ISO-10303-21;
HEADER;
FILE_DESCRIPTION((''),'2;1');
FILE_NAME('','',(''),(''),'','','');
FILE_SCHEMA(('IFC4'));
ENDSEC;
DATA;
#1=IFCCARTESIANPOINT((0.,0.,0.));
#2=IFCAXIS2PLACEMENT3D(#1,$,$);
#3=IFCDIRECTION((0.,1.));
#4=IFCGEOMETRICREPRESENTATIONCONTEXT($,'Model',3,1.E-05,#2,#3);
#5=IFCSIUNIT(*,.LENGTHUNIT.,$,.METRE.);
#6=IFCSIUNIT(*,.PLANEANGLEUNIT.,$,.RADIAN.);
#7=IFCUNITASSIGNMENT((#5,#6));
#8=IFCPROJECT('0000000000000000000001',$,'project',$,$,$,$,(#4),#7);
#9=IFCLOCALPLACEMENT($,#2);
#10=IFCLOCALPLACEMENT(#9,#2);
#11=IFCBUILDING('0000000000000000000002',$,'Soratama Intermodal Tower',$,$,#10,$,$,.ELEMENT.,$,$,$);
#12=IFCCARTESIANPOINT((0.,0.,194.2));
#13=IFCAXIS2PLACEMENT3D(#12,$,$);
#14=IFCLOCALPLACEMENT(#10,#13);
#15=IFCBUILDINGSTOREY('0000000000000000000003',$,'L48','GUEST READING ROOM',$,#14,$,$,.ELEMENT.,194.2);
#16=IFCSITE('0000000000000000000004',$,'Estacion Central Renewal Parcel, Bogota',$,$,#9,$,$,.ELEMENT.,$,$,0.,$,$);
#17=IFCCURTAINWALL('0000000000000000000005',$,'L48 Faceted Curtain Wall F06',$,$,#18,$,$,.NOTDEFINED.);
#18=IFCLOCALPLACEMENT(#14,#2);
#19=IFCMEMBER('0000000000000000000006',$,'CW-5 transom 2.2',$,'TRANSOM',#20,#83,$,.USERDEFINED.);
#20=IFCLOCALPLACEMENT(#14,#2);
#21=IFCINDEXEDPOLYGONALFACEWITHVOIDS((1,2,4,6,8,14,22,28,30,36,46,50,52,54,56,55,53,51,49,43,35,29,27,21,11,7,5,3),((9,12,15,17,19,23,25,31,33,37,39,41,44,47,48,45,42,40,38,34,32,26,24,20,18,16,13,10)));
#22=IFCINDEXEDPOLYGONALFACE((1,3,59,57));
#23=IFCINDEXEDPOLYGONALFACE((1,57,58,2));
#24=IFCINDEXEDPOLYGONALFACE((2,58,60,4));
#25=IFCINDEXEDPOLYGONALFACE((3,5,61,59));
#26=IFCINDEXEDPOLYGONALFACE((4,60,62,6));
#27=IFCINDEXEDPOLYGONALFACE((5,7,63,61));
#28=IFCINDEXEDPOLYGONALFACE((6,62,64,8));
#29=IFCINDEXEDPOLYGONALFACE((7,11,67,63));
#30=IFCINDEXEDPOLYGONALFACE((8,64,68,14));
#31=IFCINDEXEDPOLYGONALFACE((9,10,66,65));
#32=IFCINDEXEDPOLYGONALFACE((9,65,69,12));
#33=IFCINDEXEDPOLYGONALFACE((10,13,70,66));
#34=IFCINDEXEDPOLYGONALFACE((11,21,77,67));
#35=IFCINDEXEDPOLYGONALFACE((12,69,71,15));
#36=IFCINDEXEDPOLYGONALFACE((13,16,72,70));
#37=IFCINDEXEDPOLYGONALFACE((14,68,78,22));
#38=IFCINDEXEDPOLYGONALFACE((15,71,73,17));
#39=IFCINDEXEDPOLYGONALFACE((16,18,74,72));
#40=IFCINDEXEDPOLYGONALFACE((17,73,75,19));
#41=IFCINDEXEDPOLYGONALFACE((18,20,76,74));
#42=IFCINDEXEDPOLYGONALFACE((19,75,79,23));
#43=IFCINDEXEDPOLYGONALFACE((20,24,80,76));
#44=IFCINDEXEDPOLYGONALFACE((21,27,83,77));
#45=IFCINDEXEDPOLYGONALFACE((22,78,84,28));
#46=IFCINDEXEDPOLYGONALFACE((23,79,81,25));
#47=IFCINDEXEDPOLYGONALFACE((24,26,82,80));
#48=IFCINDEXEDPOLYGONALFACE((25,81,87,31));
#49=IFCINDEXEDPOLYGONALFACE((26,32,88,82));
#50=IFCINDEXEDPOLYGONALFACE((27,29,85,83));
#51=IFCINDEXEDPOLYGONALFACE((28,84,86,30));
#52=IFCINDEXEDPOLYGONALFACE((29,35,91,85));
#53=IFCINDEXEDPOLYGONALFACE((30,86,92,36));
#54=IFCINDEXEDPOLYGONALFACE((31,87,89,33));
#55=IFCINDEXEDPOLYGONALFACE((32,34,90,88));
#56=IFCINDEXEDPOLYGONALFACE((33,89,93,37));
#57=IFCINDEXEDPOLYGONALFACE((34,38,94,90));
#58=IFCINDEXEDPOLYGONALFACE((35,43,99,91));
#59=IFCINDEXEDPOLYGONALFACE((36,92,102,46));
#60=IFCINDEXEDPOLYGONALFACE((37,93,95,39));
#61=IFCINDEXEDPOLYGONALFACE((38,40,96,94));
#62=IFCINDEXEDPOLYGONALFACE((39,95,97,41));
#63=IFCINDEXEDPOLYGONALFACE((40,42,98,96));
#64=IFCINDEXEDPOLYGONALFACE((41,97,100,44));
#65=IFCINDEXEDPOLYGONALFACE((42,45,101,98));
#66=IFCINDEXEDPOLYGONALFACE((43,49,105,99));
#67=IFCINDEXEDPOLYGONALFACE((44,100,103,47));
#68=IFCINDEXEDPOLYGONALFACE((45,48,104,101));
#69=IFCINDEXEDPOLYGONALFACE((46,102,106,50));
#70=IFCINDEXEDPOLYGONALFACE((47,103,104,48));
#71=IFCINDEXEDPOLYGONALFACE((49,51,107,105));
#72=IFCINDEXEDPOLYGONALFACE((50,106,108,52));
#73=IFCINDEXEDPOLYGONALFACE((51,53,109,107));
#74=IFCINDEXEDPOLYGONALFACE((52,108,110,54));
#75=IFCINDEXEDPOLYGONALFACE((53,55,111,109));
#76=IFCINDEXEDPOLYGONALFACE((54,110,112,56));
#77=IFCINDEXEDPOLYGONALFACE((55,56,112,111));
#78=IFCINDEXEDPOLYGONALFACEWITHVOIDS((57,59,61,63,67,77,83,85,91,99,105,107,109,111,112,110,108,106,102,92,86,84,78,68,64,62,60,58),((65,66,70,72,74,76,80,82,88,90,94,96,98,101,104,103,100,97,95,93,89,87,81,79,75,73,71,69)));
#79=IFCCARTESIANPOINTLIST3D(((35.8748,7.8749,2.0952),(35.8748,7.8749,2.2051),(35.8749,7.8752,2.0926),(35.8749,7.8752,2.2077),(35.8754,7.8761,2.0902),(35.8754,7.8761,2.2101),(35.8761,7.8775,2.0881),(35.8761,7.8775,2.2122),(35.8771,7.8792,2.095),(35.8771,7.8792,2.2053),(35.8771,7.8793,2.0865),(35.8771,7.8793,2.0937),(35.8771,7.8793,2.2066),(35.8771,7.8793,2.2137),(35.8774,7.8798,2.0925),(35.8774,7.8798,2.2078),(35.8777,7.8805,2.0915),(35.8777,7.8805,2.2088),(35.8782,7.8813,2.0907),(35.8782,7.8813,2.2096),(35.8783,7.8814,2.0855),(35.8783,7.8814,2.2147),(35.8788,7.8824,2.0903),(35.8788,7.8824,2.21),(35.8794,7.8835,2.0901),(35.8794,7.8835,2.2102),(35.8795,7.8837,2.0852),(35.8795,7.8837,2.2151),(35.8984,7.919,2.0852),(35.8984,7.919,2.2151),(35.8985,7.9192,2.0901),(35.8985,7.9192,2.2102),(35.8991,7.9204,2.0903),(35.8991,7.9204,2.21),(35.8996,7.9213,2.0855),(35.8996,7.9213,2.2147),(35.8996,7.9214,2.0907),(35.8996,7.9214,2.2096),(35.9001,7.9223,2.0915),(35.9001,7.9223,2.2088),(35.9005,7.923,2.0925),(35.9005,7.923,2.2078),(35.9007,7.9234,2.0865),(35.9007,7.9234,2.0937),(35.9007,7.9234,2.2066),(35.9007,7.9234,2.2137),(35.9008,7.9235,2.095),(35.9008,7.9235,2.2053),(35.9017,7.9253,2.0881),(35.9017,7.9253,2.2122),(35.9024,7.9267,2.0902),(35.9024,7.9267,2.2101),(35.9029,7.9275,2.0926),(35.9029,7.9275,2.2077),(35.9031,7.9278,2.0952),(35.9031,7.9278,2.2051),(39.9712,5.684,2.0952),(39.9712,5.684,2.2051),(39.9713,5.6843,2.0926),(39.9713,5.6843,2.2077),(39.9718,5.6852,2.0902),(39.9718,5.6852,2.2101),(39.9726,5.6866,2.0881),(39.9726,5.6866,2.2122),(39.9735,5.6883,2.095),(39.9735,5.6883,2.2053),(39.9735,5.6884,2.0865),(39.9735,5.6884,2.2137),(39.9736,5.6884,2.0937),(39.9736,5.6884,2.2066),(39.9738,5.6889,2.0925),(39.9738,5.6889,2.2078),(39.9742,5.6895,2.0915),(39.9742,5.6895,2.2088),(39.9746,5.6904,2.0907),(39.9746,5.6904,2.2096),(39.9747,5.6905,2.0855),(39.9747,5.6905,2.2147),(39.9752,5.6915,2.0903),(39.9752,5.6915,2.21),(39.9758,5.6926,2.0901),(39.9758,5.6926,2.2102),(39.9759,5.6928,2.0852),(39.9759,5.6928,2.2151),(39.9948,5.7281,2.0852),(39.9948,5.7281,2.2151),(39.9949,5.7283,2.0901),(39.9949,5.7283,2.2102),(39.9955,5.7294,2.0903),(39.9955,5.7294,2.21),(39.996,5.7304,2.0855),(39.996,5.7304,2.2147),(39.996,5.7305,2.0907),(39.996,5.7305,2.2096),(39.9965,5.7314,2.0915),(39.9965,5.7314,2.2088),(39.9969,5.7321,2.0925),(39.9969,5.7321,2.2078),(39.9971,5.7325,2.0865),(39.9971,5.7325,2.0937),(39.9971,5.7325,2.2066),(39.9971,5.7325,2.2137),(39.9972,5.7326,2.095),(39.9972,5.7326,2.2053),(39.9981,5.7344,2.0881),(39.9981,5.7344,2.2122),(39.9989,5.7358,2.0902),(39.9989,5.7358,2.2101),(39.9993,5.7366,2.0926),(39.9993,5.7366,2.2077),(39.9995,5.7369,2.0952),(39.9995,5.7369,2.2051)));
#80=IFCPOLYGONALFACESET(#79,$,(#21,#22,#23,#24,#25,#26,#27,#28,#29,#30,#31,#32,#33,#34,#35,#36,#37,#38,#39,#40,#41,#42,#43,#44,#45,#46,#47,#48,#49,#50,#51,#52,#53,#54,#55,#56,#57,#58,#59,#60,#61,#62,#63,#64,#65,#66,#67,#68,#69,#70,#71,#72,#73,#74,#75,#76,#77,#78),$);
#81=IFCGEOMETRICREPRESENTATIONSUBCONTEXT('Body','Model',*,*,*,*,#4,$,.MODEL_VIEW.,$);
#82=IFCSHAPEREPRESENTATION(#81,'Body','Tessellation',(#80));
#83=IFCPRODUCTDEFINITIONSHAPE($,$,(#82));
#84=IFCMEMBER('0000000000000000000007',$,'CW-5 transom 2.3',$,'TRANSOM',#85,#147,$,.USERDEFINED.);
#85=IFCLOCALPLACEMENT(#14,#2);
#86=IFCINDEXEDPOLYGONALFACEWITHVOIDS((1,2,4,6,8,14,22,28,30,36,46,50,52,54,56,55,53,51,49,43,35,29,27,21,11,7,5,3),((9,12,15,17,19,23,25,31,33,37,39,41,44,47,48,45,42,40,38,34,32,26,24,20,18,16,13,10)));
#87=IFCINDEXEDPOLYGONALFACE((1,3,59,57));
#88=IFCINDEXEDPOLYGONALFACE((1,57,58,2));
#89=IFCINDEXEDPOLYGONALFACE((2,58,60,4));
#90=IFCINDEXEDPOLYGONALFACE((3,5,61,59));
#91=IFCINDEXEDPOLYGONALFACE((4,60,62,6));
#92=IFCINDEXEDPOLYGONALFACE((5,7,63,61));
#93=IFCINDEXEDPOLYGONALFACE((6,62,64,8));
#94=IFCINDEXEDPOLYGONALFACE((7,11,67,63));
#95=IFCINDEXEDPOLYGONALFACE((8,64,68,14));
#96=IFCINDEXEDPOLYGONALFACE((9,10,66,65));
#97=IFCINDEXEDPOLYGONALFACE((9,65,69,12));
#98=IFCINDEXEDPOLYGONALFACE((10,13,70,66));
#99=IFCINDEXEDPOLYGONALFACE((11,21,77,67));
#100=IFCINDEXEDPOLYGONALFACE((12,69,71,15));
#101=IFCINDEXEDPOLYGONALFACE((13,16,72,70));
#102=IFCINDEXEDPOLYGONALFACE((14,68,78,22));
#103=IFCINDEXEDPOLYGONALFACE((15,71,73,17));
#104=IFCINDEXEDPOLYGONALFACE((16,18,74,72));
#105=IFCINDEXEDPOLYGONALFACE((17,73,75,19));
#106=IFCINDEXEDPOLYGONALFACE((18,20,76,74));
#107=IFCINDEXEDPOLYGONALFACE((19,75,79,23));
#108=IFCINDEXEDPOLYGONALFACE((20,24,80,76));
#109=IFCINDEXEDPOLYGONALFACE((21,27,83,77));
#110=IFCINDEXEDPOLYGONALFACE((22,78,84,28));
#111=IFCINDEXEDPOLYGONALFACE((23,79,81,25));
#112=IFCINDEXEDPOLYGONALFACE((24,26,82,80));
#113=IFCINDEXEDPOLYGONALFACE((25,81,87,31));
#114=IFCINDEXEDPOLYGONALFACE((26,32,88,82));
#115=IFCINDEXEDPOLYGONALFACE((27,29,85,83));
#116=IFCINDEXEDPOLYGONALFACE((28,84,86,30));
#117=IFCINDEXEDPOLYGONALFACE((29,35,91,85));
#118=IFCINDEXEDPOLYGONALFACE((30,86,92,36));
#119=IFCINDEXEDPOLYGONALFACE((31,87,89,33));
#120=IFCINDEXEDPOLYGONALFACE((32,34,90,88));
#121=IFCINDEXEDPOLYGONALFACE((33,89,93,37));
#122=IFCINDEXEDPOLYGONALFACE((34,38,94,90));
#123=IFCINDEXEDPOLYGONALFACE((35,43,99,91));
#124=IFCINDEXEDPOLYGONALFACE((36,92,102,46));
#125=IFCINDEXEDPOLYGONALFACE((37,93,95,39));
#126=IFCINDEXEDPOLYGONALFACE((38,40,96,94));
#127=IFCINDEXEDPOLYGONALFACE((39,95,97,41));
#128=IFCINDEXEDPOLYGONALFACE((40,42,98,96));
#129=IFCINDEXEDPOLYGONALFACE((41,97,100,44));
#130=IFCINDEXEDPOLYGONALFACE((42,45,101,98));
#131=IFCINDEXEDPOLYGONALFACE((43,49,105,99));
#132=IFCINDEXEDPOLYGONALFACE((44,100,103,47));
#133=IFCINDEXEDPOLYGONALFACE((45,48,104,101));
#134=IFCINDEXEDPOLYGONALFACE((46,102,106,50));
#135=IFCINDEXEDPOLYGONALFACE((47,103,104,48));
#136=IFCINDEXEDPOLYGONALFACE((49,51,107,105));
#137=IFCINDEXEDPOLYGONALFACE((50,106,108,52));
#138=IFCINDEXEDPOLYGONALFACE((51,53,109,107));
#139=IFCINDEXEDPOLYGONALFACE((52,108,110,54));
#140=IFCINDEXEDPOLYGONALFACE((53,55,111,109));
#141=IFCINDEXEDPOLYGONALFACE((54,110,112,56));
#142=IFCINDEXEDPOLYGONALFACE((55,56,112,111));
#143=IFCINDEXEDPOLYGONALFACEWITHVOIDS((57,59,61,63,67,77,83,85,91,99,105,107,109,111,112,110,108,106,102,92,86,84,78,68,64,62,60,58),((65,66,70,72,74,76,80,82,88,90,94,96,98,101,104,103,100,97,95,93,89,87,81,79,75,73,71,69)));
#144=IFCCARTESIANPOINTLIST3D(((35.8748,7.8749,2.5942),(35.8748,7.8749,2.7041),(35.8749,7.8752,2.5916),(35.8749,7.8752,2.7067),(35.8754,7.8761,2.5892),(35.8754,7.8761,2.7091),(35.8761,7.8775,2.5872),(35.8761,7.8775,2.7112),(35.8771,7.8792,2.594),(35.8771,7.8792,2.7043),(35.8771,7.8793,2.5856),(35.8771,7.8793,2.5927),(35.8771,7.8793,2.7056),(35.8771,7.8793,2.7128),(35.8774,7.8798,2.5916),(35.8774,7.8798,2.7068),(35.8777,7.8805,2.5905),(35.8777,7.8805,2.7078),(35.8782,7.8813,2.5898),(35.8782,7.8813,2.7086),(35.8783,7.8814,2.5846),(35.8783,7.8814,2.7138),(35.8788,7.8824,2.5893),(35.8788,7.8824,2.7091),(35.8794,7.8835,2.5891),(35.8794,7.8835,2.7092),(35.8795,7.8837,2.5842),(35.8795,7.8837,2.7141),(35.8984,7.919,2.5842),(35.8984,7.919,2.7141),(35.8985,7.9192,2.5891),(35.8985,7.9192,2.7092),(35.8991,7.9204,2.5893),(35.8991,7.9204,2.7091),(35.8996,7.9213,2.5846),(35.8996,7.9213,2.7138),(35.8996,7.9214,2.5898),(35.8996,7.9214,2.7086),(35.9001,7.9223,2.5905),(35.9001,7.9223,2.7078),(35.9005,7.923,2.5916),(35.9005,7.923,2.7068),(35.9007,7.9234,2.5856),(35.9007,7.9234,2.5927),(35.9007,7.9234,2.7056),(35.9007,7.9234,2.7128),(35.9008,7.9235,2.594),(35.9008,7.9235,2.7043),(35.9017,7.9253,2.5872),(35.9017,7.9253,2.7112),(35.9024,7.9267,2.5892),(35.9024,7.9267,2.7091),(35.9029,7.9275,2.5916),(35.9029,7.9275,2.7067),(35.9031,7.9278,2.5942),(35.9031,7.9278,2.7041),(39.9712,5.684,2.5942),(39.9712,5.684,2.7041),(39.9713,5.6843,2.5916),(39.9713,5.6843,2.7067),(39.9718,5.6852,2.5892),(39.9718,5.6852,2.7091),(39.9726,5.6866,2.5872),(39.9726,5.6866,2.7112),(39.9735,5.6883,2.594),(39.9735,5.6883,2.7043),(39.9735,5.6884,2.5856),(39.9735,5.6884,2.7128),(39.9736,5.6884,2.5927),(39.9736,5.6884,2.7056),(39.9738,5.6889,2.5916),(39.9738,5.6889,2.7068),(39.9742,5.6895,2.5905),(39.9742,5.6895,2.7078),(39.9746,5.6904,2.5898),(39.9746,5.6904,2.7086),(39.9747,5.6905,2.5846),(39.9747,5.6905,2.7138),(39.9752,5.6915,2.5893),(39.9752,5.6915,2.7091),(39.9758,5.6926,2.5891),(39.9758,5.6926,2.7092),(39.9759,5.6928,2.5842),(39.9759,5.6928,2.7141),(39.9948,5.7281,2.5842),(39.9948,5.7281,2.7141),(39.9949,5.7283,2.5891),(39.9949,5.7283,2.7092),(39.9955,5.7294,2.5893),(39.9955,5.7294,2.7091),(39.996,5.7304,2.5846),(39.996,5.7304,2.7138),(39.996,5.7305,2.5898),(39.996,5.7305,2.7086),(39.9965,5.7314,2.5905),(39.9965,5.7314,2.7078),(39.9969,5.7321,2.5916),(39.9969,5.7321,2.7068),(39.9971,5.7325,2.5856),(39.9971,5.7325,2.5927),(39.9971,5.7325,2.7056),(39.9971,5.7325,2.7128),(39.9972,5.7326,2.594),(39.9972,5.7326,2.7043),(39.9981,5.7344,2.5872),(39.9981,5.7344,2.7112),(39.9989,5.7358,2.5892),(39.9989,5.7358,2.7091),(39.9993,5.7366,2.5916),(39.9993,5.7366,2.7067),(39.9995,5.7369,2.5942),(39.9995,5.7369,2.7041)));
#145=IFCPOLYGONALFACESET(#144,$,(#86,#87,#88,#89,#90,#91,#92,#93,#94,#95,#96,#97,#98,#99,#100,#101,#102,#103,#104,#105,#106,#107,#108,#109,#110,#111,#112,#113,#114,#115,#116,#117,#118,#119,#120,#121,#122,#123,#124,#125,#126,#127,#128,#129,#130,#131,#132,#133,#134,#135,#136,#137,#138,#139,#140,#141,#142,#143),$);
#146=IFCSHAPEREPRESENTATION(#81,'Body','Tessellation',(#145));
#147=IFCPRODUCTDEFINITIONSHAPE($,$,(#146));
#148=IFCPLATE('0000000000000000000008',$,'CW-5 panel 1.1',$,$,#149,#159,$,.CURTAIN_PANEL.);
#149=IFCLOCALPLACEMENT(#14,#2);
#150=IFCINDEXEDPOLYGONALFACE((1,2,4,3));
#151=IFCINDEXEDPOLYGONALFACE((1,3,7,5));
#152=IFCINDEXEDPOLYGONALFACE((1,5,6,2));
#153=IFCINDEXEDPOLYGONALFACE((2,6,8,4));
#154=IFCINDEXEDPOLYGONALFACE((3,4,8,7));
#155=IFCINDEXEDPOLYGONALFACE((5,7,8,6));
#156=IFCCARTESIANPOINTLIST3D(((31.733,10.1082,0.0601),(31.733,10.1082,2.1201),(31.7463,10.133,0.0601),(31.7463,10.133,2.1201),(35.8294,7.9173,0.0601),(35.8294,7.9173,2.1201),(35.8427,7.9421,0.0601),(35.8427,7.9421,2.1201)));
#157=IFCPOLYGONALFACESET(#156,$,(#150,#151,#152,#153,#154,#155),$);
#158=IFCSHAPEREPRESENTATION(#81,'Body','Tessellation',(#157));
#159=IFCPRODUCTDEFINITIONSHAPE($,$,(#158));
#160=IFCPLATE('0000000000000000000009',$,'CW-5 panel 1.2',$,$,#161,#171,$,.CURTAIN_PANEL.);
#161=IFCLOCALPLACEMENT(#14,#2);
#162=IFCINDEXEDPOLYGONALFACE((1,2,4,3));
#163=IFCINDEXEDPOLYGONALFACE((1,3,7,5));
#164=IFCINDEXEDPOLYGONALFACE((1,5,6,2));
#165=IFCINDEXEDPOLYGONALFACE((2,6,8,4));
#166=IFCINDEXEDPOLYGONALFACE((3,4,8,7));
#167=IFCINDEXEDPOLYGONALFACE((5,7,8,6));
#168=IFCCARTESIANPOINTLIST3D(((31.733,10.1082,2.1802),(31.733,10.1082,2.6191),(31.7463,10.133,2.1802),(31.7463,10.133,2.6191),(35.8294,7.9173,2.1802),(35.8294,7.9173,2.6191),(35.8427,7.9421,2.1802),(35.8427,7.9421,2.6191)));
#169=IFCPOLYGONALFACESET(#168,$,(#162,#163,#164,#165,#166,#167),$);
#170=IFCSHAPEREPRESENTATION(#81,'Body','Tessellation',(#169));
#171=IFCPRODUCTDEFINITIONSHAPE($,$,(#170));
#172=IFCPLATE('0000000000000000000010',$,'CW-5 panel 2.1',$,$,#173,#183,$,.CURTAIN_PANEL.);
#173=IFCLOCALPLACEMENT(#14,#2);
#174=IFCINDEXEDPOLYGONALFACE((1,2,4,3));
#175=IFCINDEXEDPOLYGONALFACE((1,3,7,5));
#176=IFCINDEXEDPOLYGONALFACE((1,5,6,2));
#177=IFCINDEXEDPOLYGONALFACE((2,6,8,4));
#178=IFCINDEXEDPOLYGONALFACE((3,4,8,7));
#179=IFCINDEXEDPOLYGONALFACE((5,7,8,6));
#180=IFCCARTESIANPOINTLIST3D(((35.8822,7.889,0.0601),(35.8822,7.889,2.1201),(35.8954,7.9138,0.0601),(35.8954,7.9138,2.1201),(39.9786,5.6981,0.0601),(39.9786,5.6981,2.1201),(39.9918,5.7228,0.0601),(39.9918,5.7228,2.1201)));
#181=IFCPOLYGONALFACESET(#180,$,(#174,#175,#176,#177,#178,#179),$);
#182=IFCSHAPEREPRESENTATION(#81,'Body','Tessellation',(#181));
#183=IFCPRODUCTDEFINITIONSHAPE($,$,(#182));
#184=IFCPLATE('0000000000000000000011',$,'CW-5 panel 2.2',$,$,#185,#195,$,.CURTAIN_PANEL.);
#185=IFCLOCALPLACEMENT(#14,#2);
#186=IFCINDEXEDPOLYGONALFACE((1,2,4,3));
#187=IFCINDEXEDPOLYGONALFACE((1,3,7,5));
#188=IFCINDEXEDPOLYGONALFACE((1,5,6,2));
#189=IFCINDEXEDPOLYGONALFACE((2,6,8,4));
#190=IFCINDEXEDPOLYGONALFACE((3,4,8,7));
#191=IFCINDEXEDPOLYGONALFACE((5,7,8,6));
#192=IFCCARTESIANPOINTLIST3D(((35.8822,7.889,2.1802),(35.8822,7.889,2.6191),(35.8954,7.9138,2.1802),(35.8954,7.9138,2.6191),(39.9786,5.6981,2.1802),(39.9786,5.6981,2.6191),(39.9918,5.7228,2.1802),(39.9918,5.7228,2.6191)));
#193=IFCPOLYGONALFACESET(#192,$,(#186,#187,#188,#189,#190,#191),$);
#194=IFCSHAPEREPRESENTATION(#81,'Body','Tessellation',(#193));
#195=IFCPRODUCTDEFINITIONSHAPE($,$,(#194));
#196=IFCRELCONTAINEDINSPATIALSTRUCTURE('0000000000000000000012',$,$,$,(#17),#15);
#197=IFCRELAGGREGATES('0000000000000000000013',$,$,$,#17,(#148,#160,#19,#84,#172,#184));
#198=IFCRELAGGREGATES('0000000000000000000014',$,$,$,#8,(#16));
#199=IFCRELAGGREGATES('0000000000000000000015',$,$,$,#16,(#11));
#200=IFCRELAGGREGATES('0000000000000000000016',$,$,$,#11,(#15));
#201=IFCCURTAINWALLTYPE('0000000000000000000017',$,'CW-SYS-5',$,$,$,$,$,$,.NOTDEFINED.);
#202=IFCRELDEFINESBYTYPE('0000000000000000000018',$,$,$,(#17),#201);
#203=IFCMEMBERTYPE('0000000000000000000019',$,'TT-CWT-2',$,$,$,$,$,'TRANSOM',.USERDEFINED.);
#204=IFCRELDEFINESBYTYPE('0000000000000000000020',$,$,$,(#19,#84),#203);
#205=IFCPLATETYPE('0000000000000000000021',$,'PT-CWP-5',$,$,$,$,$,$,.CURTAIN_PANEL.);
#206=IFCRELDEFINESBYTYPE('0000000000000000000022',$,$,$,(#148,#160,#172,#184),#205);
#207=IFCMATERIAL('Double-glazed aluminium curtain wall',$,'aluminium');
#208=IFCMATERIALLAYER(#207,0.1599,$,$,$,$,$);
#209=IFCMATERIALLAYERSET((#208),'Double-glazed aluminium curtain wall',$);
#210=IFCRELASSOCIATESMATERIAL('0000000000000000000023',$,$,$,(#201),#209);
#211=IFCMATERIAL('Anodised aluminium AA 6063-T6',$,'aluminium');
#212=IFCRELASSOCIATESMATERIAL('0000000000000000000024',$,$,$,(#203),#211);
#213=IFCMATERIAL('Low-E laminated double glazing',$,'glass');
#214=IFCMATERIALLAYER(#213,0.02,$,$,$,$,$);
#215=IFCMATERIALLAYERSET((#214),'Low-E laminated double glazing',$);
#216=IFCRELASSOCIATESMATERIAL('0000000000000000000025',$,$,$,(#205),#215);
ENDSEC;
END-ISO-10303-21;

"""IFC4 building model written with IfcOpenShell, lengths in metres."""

from ifc_helpers import new_model, si_unit, direction, frame, origin, origin_2d, place, context, subcontext, project, spatial, rectangle, hollow_rectangle, extrude, material, layer, layer_set, material_profile, profile_set, type_object, element, aggregate, save


model = new_model("IFC4")

# Units and contexts
model_context = context("Model", 3, precision=1e-05, world=origin(), true_north=direction((0.0, 1.0)))
body_context = subcontext(model_context, "Body", "Model", "MODEL_VIEW")
ifc_project = project(units=[si_unit("LENGTHUNIT", "METRE"), si_unit("PLANEANGLEUNIT", "RADIAN")], contexts=[model_context])

# Site, building, storey
site_placement = place(None, origin())
site = spatial("IfcSite", under=ifc_project, at=site_placement, Name="Estacion Central Renewal Parcel, Bogota", CompositionType="ELEMENT", RefElevation=0.0)
building_placement = place(site_placement, origin())
building = spatial("IfcBuilding", under=site, at=building_placement, Name="Soratama Intermodal Tower", CompositionType="ELEMENT")
storey_placement = place(building_placement, frame((0.0, 0.0, 194.2)))
storey = spatial("IfcBuildingStorey", under=building, at=storey_placement, Name="L48", Description="GUEST READING ROOM", CompositionType="ELEMENT", Elevation=194.2)

# Curtain wall, members, plates
ifc_material_1 = material(Name="Double-glazed aluminium curtain wall", Category="aluminium")
ifc_layer_1 = layer(ifc_material_1, 0.1599)
ifc_layer_set_1 = layer_set([ifc_layer_1], Name="Double-glazed aluminium curtain wall")
curtain_wall_type = type_object("IfcCurtainWallType", Name="CW-SYS-5", PredefinedType="NOTDEFINED", material=ifc_layer_set_1)
curtain_wall_placement = place(storey_placement, origin())
curtain_wall = element("IfcCurtainWall", 1, at=curtain_wall_placement, inside=storey, type_object=curtain_wall_type, Name="L48 Faceted Curtain Wall F06", PredefinedType="NOTDEFINED")
ifc_material_2 = material(Name="Anodised aluminium AA 6063-T6", Category="aluminium")
ifc_material_profile_1 = material_profile(ifc_material_2, hollow_rectangle(XDim=0.0601, YDim=0.1299, WallThickness=0.0049, InnerFilletRadius=0.0049, OuterFilletRadius=0.01, at=origin_2d()), Name="CWT130X60X5")
ifc_profile_set_1 = profile_set([ifc_material_profile_1], Name="Anodised aluminium AA 6063-T6")
member_type_1 = type_object("IfcMemberType", Name="TT-CWT-2", ElementType="TRANSOM", PredefinedType="USERDEFINED", material=ifc_profile_set_1)
member_1_placement = place(storey_placement, frame((35.8889, 7.9014, 2.1501), z_axis=(0.881802, -0.471619, 0.0), x_axis=(0.471619, 0.881802, 0.0)))
member_1 = element("IfcMember", 2, at=member_1_placement, type_object=member_type_1, Name="CW-5 transom 2.2", ObjectType="TRANSOM", PredefinedType="USERDEFINED", context=body_context, shape_type="SweptSolid", body=[
    extrude(hollow_rectangle(XDim=0.0601, YDim=0.1299, WallThickness=0.0049, InnerFilletRadius=0.0049, OuterFilletRadius=0.01, at=origin_2d()), origin(), (0.0, 0.0, 1.0), 4.6455),
])
member_2_placement = place(storey_placement, frame((35.8889, 7.9014, 2.6492), z_axis=(0.881802, -0.471619, 0.0), x_axis=(0.471619, 0.881802, 0.0)))
member_2 = element("IfcMember", 3, at=member_2_placement, type_object=member_type_1, Name="CW-5 transom 2.3", ObjectType="TRANSOM", PredefinedType="USERDEFINED", context=body_context, shape_type="SweptSolid", body=[
    extrude(hollow_rectangle(XDim=0.0601, YDim=0.1299, WallThickness=0.0049, InnerFilletRadius=0.0049, OuterFilletRadius=0.01, at=origin_2d()), origin(), (0.0, 0.0, 1.0), 4.6455),
])
ifc_material_3 = material(Name="Low-E laminated double glazing", Category="glass")
ifc_layer_2 = layer(ifc_material_3, 0.02)
ifc_layer_set_2 = layer_set([ifc_layer_2], Name="Low-E laminated double glazing")
plate_type = type_object("IfcPlateType", Name="PT-CWP-5", PredefinedType="CURTAIN_PANEL", material=ifc_layer_set_2)
plate_1_placement = place(storey_placement, frame((33.7878, 9.0251, 0.0601), z_axis=(0.0, 0.0, 1.0), x_axis=(0.881799, -0.471625, 0.0)))
plate_1 = element("IfcPlate", 4, at=plate_1_placement, type_object=plate_type, Name="CW-5 panel 1.1", PredefinedType="CURTAIN_PANEL", context=body_context, shape_type="SweptSolid", body=[
    extrude(rectangle(XDim=4.6455, YDim=0.0281, at=origin_2d()), origin(), (0.0, 0.0, 1.0), 2.0601),
])
plate_2_placement = place(storey_placement, frame((33.7878, 9.0251, 2.1802), z_axis=(0.0, 0.0, 1.0), x_axis=(0.881799, -0.471625, 0.0)))
plate_2 = element("IfcPlate", 5, at=plate_2_placement, type_object=plate_type, Name="CW-5 panel 1.2", PredefinedType="CURTAIN_PANEL", context=body_context, shape_type="SweptSolid", body=[
    extrude(rectangle(XDim=4.6455, YDim=0.0281, at=origin_2d()), origin(), (0.0, 0.0, 1.0), 0.439),
])
plate_3_placement = place(storey_placement, frame((37.937, 6.8059, 0.0601), z_axis=(0.0, 0.0, 1.0), x_axis=(0.881799, -0.471625, 0.0)))
plate_3 = element("IfcPlate", 6, at=plate_3_placement, type_object=plate_type, Name="CW-5 panel 2.1", PredefinedType="CURTAIN_PANEL", context=body_context, shape_type="SweptSolid", body=[
    extrude(rectangle(XDim=4.6455, YDim=0.0281, at=origin_2d()), origin(), (0.0, 0.0, 1.0), 2.0601),
])
plate_4_placement = place(storey_placement, frame((37.937, 6.8059, 2.1802), z_axis=(0.0, 0.0, 1.0), x_axis=(0.881799, -0.471625, 0.0)))
plate_4 = element("IfcPlate", 7, at=plate_4_placement, type_object=plate_type, Name="CW-5 panel 2.2", PredefinedType="CURTAIN_PANEL", context=body_context, shape_type="SweptSolid", body=[
    extrude(rectangle(XDim=4.6455, YDim=0.0281, at=origin_2d()), origin(), (0.0, 0.0, 1.0), 0.439),
])
aggregate(curtain_wall, [plate_1, plate_2, member_1, member_2, plate_3, plate_4])

save(model, "model.ifc")
